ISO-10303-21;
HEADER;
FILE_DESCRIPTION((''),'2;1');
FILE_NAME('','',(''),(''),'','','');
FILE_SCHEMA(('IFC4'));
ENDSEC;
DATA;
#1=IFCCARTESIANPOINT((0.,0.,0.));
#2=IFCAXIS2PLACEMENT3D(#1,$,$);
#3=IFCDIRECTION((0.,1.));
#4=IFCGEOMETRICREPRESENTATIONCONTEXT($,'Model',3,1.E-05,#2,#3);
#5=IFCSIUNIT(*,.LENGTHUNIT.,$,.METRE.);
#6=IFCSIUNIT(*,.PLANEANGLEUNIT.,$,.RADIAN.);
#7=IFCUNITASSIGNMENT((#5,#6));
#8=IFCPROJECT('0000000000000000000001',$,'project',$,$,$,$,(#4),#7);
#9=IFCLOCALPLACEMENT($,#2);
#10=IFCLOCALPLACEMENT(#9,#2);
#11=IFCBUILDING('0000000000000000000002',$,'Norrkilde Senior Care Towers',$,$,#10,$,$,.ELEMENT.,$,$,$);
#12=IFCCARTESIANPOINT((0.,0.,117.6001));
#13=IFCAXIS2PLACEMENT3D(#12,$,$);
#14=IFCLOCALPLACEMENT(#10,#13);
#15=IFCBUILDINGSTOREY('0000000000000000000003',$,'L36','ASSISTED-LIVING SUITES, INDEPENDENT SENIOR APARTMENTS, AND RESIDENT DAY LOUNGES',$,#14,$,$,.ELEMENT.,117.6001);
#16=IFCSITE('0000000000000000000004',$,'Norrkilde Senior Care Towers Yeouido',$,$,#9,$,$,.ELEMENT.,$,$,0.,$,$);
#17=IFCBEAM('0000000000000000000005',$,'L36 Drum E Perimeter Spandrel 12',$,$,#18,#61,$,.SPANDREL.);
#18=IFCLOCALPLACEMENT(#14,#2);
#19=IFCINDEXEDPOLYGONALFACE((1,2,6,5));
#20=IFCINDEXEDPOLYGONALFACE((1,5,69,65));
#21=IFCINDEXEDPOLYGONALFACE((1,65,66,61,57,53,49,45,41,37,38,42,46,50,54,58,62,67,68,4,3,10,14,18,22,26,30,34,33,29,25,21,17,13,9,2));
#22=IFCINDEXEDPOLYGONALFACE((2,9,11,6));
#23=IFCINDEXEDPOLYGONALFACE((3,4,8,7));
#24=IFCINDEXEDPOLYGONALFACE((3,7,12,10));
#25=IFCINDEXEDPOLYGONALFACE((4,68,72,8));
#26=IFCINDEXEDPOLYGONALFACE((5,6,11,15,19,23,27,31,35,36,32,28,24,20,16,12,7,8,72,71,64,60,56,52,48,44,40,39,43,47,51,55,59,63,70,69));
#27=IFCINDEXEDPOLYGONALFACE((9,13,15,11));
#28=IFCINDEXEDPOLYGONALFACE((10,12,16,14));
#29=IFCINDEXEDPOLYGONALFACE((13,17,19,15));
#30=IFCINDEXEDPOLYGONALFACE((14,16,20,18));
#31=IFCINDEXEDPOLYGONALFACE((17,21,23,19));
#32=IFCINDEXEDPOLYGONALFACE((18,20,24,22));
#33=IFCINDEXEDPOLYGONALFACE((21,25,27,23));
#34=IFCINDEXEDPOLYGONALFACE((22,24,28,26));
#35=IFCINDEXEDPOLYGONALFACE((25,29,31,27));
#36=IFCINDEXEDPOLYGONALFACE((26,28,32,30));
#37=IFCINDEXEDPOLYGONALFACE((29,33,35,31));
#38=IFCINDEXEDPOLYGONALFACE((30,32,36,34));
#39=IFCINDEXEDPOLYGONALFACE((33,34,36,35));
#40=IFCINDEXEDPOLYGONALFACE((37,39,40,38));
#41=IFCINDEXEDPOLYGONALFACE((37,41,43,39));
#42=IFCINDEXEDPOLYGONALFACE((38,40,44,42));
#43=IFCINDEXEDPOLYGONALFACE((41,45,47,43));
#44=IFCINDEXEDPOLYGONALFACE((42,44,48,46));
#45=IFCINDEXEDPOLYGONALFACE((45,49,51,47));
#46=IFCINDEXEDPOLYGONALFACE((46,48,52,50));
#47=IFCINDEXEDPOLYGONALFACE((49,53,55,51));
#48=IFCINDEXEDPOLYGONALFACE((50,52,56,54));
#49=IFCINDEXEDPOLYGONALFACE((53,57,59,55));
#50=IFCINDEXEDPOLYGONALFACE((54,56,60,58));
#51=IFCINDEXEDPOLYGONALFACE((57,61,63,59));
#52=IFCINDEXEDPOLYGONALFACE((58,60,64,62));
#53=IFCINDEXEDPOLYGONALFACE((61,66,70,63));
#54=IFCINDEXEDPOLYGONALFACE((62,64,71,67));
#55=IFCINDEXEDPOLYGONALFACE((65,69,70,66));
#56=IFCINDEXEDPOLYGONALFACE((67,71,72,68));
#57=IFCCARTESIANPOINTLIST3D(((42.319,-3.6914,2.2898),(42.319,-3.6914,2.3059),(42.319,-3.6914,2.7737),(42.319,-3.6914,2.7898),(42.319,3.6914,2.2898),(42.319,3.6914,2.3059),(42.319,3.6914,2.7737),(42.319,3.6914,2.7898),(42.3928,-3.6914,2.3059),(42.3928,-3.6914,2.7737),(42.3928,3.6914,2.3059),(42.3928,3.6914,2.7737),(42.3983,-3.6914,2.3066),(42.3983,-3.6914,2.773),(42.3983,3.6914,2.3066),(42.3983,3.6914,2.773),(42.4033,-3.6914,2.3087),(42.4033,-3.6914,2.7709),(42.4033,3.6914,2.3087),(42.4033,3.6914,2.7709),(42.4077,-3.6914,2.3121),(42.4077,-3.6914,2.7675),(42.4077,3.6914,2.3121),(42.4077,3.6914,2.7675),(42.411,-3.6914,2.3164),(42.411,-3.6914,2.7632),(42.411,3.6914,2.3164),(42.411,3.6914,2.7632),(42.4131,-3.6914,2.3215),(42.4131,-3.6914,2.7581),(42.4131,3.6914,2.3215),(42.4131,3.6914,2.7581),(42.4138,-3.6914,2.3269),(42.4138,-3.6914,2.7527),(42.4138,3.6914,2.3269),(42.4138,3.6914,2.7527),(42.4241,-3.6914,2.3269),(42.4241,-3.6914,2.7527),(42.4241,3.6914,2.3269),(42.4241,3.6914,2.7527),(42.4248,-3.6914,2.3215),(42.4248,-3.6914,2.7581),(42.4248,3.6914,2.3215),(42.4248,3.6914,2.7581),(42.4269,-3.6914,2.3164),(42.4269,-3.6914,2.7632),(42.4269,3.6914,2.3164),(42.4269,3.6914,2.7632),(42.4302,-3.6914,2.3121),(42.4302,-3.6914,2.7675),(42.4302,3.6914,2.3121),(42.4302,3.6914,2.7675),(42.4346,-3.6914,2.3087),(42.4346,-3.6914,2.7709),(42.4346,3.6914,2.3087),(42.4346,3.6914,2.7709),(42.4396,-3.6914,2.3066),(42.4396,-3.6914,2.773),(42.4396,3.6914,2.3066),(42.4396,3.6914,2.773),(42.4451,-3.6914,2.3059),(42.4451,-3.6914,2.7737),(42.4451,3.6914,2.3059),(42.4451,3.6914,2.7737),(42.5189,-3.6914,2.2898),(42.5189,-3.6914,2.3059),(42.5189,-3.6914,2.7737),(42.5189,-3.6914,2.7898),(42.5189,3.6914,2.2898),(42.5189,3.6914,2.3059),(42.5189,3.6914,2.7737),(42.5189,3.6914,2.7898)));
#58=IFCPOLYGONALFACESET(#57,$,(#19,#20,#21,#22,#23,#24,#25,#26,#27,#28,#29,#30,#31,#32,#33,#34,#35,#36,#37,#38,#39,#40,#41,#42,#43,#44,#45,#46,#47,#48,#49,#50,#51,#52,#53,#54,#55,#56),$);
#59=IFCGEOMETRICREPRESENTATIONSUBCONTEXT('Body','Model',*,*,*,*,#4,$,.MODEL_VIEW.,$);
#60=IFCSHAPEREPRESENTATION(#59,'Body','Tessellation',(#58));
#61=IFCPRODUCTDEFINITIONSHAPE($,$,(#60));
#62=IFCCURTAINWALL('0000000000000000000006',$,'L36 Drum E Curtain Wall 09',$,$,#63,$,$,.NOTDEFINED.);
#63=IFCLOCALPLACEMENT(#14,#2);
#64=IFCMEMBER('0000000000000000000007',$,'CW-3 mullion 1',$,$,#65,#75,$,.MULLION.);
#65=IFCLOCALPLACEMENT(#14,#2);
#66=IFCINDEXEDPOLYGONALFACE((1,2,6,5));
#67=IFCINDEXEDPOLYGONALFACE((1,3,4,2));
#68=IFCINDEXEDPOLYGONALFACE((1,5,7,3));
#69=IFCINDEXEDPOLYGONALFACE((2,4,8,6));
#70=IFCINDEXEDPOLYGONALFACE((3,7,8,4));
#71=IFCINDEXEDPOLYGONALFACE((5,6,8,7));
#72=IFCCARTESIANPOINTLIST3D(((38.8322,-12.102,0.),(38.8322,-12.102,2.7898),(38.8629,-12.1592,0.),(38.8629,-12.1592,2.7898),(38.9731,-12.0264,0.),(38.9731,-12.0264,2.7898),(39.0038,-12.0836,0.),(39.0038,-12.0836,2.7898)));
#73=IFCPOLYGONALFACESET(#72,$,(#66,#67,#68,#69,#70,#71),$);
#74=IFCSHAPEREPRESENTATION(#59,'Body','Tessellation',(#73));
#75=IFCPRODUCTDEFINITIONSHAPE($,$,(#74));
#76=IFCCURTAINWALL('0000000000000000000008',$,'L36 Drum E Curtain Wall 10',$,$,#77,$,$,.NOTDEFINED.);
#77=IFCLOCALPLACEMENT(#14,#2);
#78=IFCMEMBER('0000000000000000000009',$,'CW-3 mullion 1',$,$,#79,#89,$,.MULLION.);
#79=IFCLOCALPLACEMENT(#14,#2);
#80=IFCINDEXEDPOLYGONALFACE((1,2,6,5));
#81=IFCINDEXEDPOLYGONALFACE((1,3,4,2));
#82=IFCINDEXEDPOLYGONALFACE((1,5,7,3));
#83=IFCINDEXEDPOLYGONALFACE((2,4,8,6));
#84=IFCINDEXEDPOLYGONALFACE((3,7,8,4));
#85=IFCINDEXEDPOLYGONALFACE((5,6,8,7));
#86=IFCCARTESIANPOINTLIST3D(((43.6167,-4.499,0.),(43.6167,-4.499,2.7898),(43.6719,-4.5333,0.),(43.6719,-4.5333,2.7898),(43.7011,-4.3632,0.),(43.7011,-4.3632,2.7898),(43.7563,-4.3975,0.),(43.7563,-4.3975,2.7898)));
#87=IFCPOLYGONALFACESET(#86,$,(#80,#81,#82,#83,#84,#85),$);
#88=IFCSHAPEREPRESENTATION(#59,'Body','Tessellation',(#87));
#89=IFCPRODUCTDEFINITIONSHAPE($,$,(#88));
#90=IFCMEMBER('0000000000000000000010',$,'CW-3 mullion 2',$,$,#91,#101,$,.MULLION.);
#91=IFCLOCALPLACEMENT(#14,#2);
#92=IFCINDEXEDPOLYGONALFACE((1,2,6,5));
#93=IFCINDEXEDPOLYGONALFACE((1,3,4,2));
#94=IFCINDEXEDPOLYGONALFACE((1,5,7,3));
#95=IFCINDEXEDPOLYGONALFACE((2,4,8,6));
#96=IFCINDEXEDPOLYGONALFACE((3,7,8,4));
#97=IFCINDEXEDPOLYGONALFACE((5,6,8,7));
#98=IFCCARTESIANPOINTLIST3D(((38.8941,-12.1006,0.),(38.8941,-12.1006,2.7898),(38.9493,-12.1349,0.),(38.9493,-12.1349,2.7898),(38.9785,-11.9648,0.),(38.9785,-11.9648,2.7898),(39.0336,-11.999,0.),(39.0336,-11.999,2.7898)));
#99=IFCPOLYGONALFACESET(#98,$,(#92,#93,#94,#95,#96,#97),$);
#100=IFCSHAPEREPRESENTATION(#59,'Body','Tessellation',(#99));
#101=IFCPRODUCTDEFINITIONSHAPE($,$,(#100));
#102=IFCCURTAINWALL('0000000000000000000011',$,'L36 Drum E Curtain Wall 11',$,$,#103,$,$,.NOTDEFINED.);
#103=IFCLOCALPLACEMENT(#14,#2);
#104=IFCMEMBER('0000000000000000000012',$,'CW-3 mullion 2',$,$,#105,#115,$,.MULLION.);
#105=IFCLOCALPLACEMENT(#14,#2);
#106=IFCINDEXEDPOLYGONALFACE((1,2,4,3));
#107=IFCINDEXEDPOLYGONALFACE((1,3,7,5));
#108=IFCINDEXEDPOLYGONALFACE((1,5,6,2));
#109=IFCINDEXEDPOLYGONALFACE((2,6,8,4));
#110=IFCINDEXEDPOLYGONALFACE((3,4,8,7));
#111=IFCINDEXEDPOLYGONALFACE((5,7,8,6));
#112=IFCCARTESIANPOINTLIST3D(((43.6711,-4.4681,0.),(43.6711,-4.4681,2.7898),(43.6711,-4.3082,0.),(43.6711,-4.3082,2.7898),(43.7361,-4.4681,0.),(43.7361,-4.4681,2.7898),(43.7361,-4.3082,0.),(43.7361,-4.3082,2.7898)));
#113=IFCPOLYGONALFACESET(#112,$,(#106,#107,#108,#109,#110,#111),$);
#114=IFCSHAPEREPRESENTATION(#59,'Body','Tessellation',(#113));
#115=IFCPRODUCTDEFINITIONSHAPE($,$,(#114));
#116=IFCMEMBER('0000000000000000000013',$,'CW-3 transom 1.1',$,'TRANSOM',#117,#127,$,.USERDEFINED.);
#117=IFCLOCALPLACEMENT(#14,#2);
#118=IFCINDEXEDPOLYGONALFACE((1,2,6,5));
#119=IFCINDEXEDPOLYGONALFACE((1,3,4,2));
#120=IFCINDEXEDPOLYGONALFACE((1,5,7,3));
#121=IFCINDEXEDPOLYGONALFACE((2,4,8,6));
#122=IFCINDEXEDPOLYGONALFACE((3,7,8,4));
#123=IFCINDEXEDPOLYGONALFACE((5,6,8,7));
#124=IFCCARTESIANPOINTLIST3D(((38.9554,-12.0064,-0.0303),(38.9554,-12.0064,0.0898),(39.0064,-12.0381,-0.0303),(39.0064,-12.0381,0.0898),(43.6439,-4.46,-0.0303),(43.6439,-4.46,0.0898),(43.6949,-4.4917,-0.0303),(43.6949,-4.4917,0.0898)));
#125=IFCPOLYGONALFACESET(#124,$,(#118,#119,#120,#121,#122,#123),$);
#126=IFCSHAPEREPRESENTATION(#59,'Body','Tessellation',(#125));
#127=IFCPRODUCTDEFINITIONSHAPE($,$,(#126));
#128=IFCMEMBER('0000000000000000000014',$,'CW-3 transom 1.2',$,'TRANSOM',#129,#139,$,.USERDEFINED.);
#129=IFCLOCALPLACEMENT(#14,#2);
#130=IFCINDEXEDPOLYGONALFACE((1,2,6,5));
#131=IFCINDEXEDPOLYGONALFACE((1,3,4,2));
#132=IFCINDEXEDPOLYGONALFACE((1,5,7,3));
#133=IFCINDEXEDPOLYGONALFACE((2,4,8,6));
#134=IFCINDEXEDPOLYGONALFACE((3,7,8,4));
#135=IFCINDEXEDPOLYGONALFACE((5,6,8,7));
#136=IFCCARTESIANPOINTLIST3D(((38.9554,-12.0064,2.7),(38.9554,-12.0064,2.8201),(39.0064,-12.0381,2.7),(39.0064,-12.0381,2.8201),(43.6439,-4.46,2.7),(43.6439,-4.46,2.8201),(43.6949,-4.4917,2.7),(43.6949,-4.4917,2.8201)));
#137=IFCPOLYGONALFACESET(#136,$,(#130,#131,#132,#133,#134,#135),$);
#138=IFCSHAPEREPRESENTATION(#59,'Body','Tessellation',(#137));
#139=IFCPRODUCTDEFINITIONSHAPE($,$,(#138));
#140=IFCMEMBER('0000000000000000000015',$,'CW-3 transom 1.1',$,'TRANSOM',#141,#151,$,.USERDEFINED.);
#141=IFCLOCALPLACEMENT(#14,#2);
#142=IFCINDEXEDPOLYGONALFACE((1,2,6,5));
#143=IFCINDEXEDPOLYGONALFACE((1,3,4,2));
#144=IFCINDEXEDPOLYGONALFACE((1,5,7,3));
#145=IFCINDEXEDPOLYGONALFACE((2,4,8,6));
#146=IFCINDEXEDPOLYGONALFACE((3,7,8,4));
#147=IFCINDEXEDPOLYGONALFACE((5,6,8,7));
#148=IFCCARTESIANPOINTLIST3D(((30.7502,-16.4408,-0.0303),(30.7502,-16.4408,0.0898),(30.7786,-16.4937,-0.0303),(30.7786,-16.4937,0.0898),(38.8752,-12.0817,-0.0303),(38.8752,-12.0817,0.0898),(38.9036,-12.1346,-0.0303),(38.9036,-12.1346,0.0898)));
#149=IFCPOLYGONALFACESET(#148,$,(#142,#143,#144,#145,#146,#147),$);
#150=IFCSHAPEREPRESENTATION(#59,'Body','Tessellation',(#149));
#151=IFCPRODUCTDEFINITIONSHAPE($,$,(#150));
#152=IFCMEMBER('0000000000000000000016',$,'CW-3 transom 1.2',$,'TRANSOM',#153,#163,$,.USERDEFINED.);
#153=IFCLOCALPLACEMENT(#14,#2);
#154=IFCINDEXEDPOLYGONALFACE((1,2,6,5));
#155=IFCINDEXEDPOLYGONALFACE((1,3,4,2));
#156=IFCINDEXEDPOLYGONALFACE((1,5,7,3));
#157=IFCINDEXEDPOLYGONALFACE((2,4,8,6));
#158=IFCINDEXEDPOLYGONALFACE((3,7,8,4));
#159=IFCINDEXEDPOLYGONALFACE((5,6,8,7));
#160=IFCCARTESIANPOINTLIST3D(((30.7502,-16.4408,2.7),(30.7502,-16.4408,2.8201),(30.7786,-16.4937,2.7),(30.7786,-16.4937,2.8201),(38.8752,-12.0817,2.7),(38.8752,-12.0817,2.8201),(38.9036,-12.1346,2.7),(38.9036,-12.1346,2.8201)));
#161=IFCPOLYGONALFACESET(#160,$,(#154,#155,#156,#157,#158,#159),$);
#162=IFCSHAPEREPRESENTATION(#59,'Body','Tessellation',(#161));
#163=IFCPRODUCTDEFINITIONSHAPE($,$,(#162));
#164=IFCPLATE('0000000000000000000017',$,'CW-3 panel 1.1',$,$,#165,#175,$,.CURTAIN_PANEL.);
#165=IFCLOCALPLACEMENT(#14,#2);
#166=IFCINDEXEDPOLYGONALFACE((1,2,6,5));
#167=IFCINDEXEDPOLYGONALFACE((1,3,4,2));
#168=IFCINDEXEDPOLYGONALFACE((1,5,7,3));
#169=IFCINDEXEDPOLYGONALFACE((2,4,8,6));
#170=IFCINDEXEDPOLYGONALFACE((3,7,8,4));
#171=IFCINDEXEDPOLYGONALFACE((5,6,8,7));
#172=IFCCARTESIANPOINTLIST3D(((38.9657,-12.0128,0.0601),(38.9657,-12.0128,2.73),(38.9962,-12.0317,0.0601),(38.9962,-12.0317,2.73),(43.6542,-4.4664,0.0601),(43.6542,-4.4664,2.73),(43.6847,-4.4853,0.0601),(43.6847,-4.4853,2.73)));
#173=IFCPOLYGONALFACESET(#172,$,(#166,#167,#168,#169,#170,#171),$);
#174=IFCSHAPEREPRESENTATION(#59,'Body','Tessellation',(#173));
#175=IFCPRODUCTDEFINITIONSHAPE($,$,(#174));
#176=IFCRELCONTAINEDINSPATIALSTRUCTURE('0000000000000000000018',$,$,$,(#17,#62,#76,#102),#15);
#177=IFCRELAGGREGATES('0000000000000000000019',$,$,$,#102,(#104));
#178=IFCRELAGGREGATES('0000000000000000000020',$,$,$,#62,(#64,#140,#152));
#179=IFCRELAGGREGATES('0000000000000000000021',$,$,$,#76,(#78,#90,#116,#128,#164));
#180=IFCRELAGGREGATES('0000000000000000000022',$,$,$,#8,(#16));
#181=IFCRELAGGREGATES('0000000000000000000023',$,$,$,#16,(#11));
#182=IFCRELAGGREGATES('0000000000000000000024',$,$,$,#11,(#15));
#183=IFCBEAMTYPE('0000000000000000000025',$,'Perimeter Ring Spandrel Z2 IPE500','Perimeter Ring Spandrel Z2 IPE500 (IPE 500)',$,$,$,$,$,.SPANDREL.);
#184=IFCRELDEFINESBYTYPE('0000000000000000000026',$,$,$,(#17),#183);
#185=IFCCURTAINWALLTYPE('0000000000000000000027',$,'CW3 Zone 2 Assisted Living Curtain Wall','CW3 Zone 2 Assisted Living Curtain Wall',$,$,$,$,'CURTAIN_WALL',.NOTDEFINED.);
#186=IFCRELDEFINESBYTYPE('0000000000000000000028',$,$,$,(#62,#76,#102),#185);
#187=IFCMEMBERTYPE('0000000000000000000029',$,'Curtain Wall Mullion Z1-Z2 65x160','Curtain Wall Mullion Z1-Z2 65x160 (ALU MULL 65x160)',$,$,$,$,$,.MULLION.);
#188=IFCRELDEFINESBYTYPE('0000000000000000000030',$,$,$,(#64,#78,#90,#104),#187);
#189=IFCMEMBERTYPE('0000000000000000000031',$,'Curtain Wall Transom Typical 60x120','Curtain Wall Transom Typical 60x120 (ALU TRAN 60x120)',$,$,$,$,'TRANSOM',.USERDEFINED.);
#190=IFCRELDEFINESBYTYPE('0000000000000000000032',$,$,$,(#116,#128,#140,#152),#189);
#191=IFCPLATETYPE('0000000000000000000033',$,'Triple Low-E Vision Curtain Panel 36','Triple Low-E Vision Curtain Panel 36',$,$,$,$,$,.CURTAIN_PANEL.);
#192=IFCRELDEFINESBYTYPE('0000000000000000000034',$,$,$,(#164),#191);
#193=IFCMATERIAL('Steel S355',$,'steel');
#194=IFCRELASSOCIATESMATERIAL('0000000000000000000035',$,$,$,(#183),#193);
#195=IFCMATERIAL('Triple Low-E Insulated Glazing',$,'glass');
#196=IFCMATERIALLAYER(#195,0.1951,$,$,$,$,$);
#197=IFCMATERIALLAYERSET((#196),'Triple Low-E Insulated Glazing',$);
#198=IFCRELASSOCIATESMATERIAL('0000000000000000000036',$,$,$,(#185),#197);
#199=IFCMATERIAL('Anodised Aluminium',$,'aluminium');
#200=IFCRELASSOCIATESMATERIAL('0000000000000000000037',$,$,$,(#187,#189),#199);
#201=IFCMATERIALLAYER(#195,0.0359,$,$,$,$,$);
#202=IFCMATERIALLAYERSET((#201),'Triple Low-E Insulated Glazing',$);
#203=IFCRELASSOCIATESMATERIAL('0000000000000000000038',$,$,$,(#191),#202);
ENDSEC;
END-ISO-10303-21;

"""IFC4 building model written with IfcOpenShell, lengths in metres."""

from ifc_helpers import new_model, si_unit, direction, frame, origin, origin_2d, place, context, subcontext, project, spatial, rectangle, i_section, extrude, source, transform, mapped, material, layer, layer_set, material_profile, profile_set, type_object, type_shapes, element, aggregate, save


model = new_model("IFC4")

# Units and contexts
model_context = context("Model", 3, precision=1e-05, world=origin(), true_north=direction((0.0, 1.0)))
body_context = subcontext(model_context, "Body", "Model", "MODEL_VIEW")
ifc_project = project(units=[si_unit("LENGTHUNIT", "METRE"), si_unit("PLANEANGLEUNIT", "RADIAN")], contexts=[model_context])

# Site, building, storey
site_placement = place(None, origin())
site = spatial("IfcSite", under=ifc_project, at=site_placement, Name="Norrkilde Senior Care Towers Yeouido", CompositionType="ELEMENT", RefElevation=0.0)
building_placement = place(site_placement, origin())
building = spatial("IfcBuilding", under=site, at=building_placement, Name="Norrkilde Senior Care Towers", CompositionType="ELEMENT")
storey_placement = place(building_placement, frame((0.0, 0.0, 117.6001)))
storey = spatial("IfcBuildingStorey", under=building, at=storey_placement, Name="L36", Description="ASSISTED-LIVING SUITES, INDEPENDENT SENIOR APARTMENTS, AND RESIDENT DAY LOUNGES", CompositionType="ELEMENT", Elevation=117.6001)

# Beam
ifc_material_1 = material(Name="Steel S355", Category="steel")
ifc_material_profile_1 = material_profile(ifc_material_1, i_section(OverallWidth=0.2, OverallDepth=0.5, WebThickness=0.0103, FlangeThickness=0.0161, FilletRadius=0.021, at=origin_2d()), Name="IPE 500")
ifc_profile_set_1 = profile_set([ifc_material_profile_1], Name="Steel S355")
beam_type_1 = type_object("IfcBeamType", Name="Perimeter Ring Spandrel Z2 IPE500", Description="Perimeter Ring Spandrel Z2 IPE500 (IPE 500)", PredefinedType="SPANDREL", material=ifc_profile_set_1)
shared_shape_1 = source(origin(), body_context, "Body", "SweptSolid", [
    extrude(i_section(OverallWidth=0.2, OverallDepth=0.5, WebThickness=0.0103, FlangeThickness=0.0161, FilletRadius=0.021, at=origin_2d()), origin(), (0.0, 0.0, 1.0), 7.3828),
])
beam_1_placement = place(storey_placement, frame((42.4189, -3.6914, 2.5398), z_axis=(0.0, 1.0, 0.0), x_axis=(-1.0, 0.0, 0.0)))
element("IfcBeam", 1, at=beam_1_placement, inside=storey, type_object=beam_type_1, Name="L36 Drum E Perimeter Spandrel 12", PredefinedType="SPANDREL", context=body_context, shape_type="MappedRepresentation", body=[
    mapped(shared_shape_1, transform((0.0, 0.0, 0.0), x_axis=(1.0, 0.0, 0.0), y_axis=(0.0, 1.0, 0.0), z_axis=(0.0, 0.0, 1.0), scale=1.0)),
])

# Curtain wall, member
ifc_material_2 = material(Name="Triple Low-E Insulated Glazing", Category="glass")
ifc_layer_1 = layer(ifc_material_2, 0.1951)
ifc_layer_set_1 = layer_set([ifc_layer_1], Name="Triple Low-E Insulated Glazing")
curtain_wall_type = type_object("IfcCurtainWallType", Name="CW3 Zone 2 Assisted Living Curtain Wall", Description="CW3 Zone 2 Assisted Living Curtain Wall", ElementType="CURTAIN_WALL", PredefinedType="NOTDEFINED", material=ifc_layer_set_1)
curtain_wall_1_placement = place(storey_placement, origin())
curtain_wall_1 = element("IfcCurtainWall", 2, at=curtain_wall_1_placement, inside=storey, type_object=curtain_wall_type, Name="L36 Drum E Curtain Wall 09", PredefinedType="NOTDEFINED")
ifc_material_3 = material(Name="Anodised Aluminium", Category="aluminium")
ifc_material_profile_2 = material_profile(ifc_material_3, rectangle(XDim=0.0649, YDim=0.1599, at=origin_2d()), Name="ALU MULL 65x160")
ifc_profile_set_2 = profile_set([ifc_material_profile_2], Name="Anodised Aluminium")
member_type_1 = type_object("IfcMemberType", Name="Curtain Wall Mullion Z1-Z2 65x160", Description="Curtain Wall Mullion Z1-Z2 65x160 (ALU MULL 65x160)", PredefinedType="MULLION", material=ifc_profile_set_2)
shared_shape_2 = source(origin(), body_context, "Body", "SweptSolid", [
    extrude(rectangle(XDim=0.0649, YDim=0.1599, at=origin_2d()), origin(), (0.0, 0.0, 1.0), 2.7898),
])
type_shapes(member_type_1, [shared_shape_2])
member_1_placement = place(storey_placement, frame((38.918, -12.0928, 0.0), z_axis=(0.0, 0.0, 1.0), x_axis=(0.472769, -0.881186, 0.0)))
member_1 = element("IfcMember", 3, at=member_1_placement, type_object=member_type_1, Name="CW-3 mullion 1", PredefinedType="MULLION", context=body_context, shape_type="MappedRepresentation", body=[
    mapped(shared_shape_2, transform((0.0, 0.0, 0.0), x_axis=(1.0, 0.0, 0.0), y_axis=(0.0, 1.0, 0.0), z_axis=(0.0, 0.0, 1.0), scale=1.0)),
])

# Curtain wall, members
curtain_wall_2_placement = place(storey_placement, origin())
curtain_wall_2 = element("IfcCurtainWall", 4, at=curtain_wall_2_placement, inside=storey, type_object=curtain_wall_type, Name="L36 Drum E Curtain Wall 10", PredefinedType="NOTDEFINED")
member_2_placement = place(storey_placement, frame((43.6865, -4.4482, 0.0), z_axis=(0.0, 0.0, 1.0), x_axis=(0.84941, -0.527733, 0.0)))
member_2 = element("IfcMember", 5, at=member_2_placement, type_object=member_type_1, Name="CW-3 mullion 1", PredefinedType="MULLION", context=body_context, shape_type="MappedRepresentation", body=[
    mapped(shared_shape_2, transform((0.0, 0.0, 0.0), x_axis=(1.0, 0.0, 0.0), y_axis=(0.0, 1.0, 0.0), z_axis=(0.0, 0.0, 1.0), scale=1.0)),
])
member_3_placement = place(storey_placement, frame((38.9639, -12.0498, 0.0), z_axis=(0.0, 0.0, 1.0), x_axis=(0.84941, -0.527733, 0.0)))
member_3 = element("IfcMember", 6, at=member_3_placement, type_object=member_type_1, Name="CW-3 mullion 2", PredefinedType="MULLION", context=body_context, shape_type="MappedRepresentation", body=[
    mapped(shared_shape_2, transform((0.0, 0.0, 0.0), x_axis=(1.0, 0.0, 0.0), y_axis=(0.0, 1.0, 0.0), z_axis=(0.0, 0.0, 1.0), scale=1.0)),
])

# Curtain wall, member
curtain_wall_3_placement = place(storey_placement, origin())
curtain_wall_3 = element("IfcCurtainWall", 7, at=curtain_wall_3_placement, inside=storey, type_object=curtain_wall_type, Name="L36 Drum E Curtain Wall 11", PredefinedType="NOTDEFINED")
member_4_placement = place(storey_placement, frame((43.7036, -4.3882, 0.0), z_axis=(0.0, 0.0, 1.0), x_axis=(1.0, 0.0, 0.0)))
member_4 = element("IfcMember", 8, at=member_4_placement, type_object=member_type_1, Name="CW-3 mullion 2", PredefinedType="MULLION", context=body_context, shape_type="MappedRepresentation", body=[
    mapped(shared_shape_2, transform((0.0, 0.0, 0.0), x_axis=(1.0, 0.0, 0.0), y_axis=(0.0, 1.0, 0.0), z_axis=(0.0, 0.0, 1.0), scale=1.0)),
])
aggregate(curtain_wall_3, [member_4])

# Members
ifc_material_profile_3 = material_profile(ifc_material_3, rectangle(XDim=0.0601, YDim=0.1201, at=origin_2d()), Name="ALU TRAN 60x120")
ifc_profile_set_3 = profile_set([ifc_material_profile_3], Name="Anodised Aluminium")
member_type_2 = type_object("IfcMemberType", Name="Curtain Wall Transom Typical 60x120", Description="Curtain Wall Transom Typical 60x120 (ALU TRAN 60x120)", ElementType="TRANSOM", PredefinedType="USERDEFINED", material=ifc_profile_set_3)
shared_shape_3 = source(origin(), body_context, "Body", "SweptSolid", [
    extrude(rectangle(XDim=0.0601, YDim=0.1201, at=origin_2d()), origin(), (0.0, 0.0, 1.0), 8.8843),
])
member_5_placement = place(storey_placement, frame((43.6694, -4.4758, 0.0298), z_axis=(-0.527729, -0.849413, 0.0), x_axis=(0.849413, -0.527729, 0.0)))
member_5 = element("IfcMember", 9, at=member_5_placement, type_object=member_type_2, Name="CW-3 transom 1.1", ObjectType="TRANSOM", PredefinedType="USERDEFINED", context=body_context, shape_type="MappedRepresentation", body=[
    mapped(shared_shape_3, transform((0.0, 0.0, 0.0), x_axis=(1.0, 0.0, 0.0), y_axis=(0.0, 1.0, 0.0), z_axis=(0.0, 0.0, 1.0), scale=1.0)),
])
member_6_placement = place(storey_placement, frame((43.6694, -4.4758, 2.76), z_axis=(-0.527729, -0.849413, 0.0), x_axis=(0.849413, -0.527729, 0.0)))
member_6 = element("IfcMember", 10, at=member_6_placement, type_object=member_type_2, Name="CW-3 transom 1.2", ObjectType="TRANSOM", PredefinedType="USERDEFINED", context=body_context, shape_type="MappedRepresentation", body=[
    mapped(shared_shape_3, transform((0.0, 0.0, 0.0), x_axis=(1.0, 0.0, 0.0), y_axis=(0.0, 1.0, 0.0), z_axis=(0.0, 0.0, 1.0), scale=1.0)),
])
shared_shape_4 = source(origin(), body_context, "Body", "SweptSolid", [
    extrude(rectangle(XDim=0.0601, YDim=0.1201, at=origin_2d()), origin(), (0.0, 0.0, 1.0), 9.2205),
])
type_shapes(member_type_2, [shared_shape_3, shared_shape_4])
member_7_placement = place(storey_placement, frame((38.8894, -12.1082, 0.0298), z_axis=(-0.881189, -0.472765, 0.0), x_axis=(0.472765, -0.881189, 0.0)))
member_7 = element("IfcMember", 11, at=member_7_placement, type_object=member_type_2, Name="CW-3 transom 1.1", ObjectType="TRANSOM", PredefinedType="USERDEFINED", context=body_context, shape_type="MappedRepresentation", body=[
    mapped(shared_shape_4, transform((0.0, 0.0, 0.0), x_axis=(1.0, 0.0, 0.0), y_axis=(0.0, 1.0, 0.0), z_axis=(0.0, 0.0, 1.0), scale=1.0)),
])
member_8_placement = place(storey_placement, frame((38.8894, -12.1082, 2.76), z_axis=(-0.881189, -0.472765, 0.0), x_axis=(0.472765, -0.881189, 0.0)))
member_8 = element("IfcMember", 12, at=member_8_placement, type_object=member_type_2, Name="CW-3 transom 1.2", ObjectType="TRANSOM", PredefinedType="USERDEFINED", context=body_context, shape_type="MappedRepresentation", body=[
    mapped(shared_shape_4, transform((0.0, 0.0, 0.0), x_axis=(1.0, 0.0, 0.0), y_axis=(0.0, 1.0, 0.0), z_axis=(0.0, 0.0, 1.0), scale=1.0)),
])
aggregate(curtain_wall_1, [member_1, member_7, member_8])

# Plate
ifc_layer_2 = layer(ifc_material_2, 0.0359)
ifc_layer_set_2 = layer_set([ifc_layer_2], Name="Triple Low-E Insulated Glazing")
plate_type = type_object("IfcPlateType", Name="Triple Low-E Vision Curtain Panel 36", Description="Triple Low-E Vision Curtain Panel 36", PredefinedType="CURTAIN_PANEL", material=ifc_layer_set_2)
shared_shape_5 = source(origin(), body_context, "Body", "SweptSolid", [
    extrude(rectangle(XDim=8.8843, YDim=0.0359, at=origin_2d()), origin(), (0.0, 0.0, 1.0), 2.6699),
])
type_shapes(plate_type, [shared_shape_5])
plate_placement = place(storey_placement, frame((41.3252, -8.249, 0.0601), z_axis=(0.0, 0.0, 1.0), x_axis=(-0.527733, -0.84941, 0.0)))
plate = element("IfcPlate", 13, at=plate_placement, type_object=plate_type, Name="CW-3 panel 1.1", PredefinedType="CURTAIN_PANEL", context=body_context, shape_type="MappedRepresentation", body=[
    mapped(shared_shape_5, transform((0.0, 0.0, 0.0), x_axis=(1.0, 0.0, 0.0), y_axis=(0.0, 1.0, 0.0), z_axis=(0.0, 0.0, 1.0), scale=1.0)),
])
aggregate(curtain_wall_2, [member_2, member_3, member_5, member_6, plate])

save(model, "model.ifc")
